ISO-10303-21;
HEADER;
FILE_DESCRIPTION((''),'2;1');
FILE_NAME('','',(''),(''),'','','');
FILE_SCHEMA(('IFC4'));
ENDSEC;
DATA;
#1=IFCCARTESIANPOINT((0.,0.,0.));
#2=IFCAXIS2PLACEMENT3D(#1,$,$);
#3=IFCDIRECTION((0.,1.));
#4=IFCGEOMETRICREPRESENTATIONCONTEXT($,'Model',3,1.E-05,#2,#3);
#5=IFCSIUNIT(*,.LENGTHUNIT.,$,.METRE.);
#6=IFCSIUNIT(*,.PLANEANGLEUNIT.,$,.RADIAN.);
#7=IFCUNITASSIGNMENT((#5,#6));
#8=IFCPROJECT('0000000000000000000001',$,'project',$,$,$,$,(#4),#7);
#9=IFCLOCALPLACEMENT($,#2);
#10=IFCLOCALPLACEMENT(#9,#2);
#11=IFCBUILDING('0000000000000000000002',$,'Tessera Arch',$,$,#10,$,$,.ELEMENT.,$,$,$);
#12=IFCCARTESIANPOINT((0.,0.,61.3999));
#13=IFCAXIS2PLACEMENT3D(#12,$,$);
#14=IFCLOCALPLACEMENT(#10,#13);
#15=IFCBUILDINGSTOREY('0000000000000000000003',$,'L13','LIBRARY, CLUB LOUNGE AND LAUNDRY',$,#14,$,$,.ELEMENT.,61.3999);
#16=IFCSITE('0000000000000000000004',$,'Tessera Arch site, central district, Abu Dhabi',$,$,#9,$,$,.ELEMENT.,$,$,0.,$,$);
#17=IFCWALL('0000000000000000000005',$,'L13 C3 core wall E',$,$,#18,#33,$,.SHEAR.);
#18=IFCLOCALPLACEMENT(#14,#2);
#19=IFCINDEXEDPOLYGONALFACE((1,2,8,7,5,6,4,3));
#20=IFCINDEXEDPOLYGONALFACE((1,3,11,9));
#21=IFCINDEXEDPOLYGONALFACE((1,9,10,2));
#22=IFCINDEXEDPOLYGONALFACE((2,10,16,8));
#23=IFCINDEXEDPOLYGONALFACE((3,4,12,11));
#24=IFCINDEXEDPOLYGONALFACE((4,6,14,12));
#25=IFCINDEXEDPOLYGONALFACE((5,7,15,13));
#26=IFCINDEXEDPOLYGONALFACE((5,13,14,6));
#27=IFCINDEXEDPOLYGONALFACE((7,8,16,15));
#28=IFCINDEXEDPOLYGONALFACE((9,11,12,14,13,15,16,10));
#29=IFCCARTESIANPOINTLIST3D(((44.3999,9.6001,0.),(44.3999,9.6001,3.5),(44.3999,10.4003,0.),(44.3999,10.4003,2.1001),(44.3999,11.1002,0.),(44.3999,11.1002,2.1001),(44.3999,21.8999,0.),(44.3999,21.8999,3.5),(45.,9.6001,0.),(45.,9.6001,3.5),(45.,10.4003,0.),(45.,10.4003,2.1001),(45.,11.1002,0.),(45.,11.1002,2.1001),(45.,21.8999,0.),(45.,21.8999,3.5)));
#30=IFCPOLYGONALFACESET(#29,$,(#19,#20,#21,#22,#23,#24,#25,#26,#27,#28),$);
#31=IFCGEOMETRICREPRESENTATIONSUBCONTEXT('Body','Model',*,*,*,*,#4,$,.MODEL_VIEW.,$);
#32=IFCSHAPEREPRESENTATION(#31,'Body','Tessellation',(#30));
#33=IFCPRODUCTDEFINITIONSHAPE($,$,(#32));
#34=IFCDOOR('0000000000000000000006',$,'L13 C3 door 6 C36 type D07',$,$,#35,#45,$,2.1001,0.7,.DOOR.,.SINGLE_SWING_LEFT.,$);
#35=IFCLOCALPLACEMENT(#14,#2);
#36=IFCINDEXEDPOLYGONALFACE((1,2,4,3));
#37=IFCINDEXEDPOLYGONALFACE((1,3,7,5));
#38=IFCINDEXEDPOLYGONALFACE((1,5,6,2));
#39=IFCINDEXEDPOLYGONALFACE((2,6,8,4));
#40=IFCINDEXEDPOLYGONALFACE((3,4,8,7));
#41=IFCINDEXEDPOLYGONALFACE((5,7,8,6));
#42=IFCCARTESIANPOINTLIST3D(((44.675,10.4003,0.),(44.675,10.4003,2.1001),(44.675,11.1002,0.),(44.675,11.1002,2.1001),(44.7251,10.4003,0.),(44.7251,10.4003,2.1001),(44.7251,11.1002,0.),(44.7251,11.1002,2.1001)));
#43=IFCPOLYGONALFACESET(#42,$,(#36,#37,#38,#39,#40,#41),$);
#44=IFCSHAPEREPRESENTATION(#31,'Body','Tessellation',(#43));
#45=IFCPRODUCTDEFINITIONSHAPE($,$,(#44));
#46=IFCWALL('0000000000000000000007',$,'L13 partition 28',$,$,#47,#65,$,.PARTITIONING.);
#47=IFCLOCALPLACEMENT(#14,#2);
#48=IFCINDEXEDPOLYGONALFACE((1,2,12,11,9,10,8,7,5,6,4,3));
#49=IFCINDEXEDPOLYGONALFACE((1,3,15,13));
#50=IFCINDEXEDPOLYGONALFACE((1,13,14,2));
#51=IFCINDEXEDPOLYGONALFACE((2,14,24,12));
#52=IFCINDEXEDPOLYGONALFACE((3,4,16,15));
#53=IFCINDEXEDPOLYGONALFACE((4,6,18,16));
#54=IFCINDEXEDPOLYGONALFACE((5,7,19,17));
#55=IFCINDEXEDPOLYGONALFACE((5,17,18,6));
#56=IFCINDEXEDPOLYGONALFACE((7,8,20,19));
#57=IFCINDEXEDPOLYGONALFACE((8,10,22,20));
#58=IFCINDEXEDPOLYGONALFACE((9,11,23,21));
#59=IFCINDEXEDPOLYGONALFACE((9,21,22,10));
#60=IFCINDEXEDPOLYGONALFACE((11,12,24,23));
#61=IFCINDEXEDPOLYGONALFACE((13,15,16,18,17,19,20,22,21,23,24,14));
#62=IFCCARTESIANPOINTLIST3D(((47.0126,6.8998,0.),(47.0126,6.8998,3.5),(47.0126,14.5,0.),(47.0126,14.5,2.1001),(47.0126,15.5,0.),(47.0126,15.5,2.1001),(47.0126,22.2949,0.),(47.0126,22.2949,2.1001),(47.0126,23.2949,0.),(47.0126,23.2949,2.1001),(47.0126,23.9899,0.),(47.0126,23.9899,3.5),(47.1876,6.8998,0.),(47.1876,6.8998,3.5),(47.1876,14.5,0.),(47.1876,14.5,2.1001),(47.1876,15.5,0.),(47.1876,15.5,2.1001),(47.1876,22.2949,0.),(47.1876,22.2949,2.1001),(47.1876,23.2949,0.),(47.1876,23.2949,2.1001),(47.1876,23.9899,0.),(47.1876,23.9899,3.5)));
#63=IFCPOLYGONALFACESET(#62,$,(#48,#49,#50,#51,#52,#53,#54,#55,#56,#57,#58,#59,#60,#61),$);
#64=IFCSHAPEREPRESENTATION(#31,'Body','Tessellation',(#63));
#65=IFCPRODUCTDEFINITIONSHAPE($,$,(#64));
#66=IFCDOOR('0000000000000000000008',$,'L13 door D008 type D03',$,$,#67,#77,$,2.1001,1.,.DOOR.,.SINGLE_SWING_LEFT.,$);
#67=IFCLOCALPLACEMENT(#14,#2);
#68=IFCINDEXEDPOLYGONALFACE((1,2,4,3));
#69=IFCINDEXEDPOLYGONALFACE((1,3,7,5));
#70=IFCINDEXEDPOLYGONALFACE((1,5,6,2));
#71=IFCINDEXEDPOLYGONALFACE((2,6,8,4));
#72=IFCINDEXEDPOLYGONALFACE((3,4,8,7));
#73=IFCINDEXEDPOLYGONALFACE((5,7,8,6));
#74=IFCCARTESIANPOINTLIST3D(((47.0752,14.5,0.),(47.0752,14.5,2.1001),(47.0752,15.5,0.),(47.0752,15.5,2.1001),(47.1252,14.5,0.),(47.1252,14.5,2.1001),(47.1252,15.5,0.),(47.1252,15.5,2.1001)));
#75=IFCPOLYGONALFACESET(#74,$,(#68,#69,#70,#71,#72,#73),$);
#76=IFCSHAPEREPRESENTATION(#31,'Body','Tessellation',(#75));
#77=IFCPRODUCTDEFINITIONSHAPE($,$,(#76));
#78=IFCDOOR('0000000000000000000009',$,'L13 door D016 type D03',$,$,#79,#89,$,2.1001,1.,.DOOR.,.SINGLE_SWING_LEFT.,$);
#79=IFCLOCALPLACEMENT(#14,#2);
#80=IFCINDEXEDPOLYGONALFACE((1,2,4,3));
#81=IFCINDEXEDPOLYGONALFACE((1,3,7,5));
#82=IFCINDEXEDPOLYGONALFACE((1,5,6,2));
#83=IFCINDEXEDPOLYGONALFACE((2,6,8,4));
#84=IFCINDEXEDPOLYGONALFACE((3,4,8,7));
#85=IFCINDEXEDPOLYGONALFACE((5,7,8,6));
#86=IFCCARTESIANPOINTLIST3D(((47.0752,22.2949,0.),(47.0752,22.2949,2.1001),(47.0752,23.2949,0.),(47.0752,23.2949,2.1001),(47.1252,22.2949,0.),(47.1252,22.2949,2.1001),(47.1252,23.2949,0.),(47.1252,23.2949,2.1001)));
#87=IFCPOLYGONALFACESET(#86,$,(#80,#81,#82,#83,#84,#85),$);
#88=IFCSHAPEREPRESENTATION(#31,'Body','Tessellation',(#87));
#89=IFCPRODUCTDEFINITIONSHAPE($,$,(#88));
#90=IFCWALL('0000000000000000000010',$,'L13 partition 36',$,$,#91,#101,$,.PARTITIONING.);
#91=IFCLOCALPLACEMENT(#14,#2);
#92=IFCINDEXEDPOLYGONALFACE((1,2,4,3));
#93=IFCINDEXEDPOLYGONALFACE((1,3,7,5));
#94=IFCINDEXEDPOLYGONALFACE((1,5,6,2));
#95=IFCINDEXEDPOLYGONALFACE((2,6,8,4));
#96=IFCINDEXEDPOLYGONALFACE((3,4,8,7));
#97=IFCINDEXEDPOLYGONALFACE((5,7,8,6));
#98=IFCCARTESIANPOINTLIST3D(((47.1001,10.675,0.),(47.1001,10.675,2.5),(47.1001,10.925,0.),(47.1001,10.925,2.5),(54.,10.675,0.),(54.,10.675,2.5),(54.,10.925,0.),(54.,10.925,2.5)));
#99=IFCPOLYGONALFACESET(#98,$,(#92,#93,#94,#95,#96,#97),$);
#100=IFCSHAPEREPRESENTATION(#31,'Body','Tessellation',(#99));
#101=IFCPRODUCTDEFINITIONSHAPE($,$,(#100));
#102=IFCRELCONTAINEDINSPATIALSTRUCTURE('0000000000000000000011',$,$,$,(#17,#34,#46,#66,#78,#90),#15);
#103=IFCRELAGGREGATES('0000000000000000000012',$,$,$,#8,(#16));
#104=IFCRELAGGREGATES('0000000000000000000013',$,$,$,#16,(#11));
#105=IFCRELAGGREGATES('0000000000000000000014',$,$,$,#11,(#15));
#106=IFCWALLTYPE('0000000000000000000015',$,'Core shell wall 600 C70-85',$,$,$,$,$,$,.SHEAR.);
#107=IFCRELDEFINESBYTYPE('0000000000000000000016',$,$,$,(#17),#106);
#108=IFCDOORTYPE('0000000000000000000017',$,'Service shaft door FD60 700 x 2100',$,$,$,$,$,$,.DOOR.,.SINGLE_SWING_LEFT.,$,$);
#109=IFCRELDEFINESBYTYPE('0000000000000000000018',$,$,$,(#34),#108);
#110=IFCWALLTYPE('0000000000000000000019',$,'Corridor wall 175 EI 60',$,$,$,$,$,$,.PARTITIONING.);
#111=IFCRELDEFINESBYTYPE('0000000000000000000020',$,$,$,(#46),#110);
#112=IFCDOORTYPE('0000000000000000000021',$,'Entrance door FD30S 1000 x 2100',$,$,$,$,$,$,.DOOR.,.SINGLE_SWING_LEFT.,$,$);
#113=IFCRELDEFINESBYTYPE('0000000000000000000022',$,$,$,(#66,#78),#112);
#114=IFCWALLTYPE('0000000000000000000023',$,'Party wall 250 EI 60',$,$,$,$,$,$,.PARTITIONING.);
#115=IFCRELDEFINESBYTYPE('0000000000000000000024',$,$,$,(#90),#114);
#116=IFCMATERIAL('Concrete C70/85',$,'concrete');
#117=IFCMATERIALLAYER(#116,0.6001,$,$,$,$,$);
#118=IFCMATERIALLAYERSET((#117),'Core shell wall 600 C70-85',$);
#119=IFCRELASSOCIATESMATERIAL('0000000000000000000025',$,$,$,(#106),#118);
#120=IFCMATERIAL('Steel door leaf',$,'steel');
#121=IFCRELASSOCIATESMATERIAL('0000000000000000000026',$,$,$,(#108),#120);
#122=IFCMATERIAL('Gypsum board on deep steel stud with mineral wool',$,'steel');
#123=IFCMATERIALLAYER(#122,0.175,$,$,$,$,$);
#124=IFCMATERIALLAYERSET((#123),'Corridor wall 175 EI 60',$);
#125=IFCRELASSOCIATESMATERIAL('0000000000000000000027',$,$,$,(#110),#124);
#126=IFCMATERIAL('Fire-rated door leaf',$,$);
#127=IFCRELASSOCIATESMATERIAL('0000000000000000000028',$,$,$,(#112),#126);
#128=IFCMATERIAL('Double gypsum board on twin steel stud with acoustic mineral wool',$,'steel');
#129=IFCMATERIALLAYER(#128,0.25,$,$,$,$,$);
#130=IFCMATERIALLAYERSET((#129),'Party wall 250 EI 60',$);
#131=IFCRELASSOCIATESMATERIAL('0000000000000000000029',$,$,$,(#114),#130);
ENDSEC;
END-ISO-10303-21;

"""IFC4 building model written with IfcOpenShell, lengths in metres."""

from ifc_helpers import new_model, si_unit, direction, frame, frame_2d, origin, place, context, subcontext, project, spatial, rectangle, extrude, material, layer, layer_set, type_object, element, fill, save


model = new_model("IFC4")

# Units and contexts
model_context = context("Model", 3, precision=1e-05, world=origin(), true_north=direction((0.0, 1.0)))
body_context = subcontext(model_context, "Body", "Model", "MODEL_VIEW")
ifc_project = project(units=[si_unit("LENGTHUNIT", "METRE"), si_unit("PLANEANGLEUNIT", "RADIAN")], contexts=[model_context])

# Site, building, storey
site_placement = place(None, origin())
site = spatial("IfcSite", under=ifc_project, at=site_placement, Name="Tessera Arch site, central district, Abu Dhabi", CompositionType="ELEMENT", RefElevation=0.0)
building_placement = place(site_placement, origin())
building = spatial("IfcBuilding", under=site, at=building_placement, Name="Tessera Arch", CompositionType="ELEMENT")
storey_placement = place(building_placement, frame((0.0, 0.0, 61.3999)))
storey = spatial("IfcBuildingStorey", under=building, at=storey_placement, Name="L13", Description="LIBRARY, CLUB LOUNGE AND LAUNDRY", CompositionType="ELEMENT", Elevation=61.3999)

# Wall, opening, door
ifc_material_1 = material(Name="Concrete C70/85", Category="concrete")
ifc_layer_1 = layer(ifc_material_1, 0.6001)
ifc_layer_set_1 = layer_set([ifc_layer_1], Name="Core shell wall 600 C70-85")
wall_type_1 = type_object("IfcWallType", Name="Core shell wall 600 C70-85", PredefinedType="SHEAR", material=ifc_layer_set_1)
wall_1_placement = place(storey_placement, frame((44.7, 9.6001, 0.0), z_axis=(0.0, 0.0, 1.0), x_axis=(0.0, 1.0, 0.0)))
wall_1 = element("IfcWall", 1, at=wall_1_placement, inside=storey, type_object=wall_type_1, Name="L13 C3 core wall E", PredefinedType="SHEAR", context=body_context, shape_type="SweptSolid", body=[
    extrude(rectangle(XDim=12.2998, YDim=0.6001, at=frame_2d((6.1499, 0.0))), origin(), (0.0, 0.0, 1.0), 3.5),
])
opening_1_placement = place(wall_1_placement, frame((0.8, 0.0, 0.0)))
opening_1 = element("IfcOpeningElement", 2, at=opening_1_placement, cuts=wall_1, PredefinedType="OPENING", context=body_context, shape_type="SweptSolid", body=[
    extrude(rectangle(XDim=0.7, YDim=2.1001, at=frame_2d((0.3501, 1.05))), frame((0.0, 0.3101, 0.0), z_axis=(0.0, -1.0, 0.0), x_axis=(1.0, 0.0, 0.0)), (0.0, 0.0, 1.0), 0.6201),
])
ifc_material_2 = material(Name="Steel door leaf", Category="steel")
door_type_1 = type_object("IfcDoorType", Name="Service shaft door FD60 700 x 2100", OperationType="SINGLE_SWING_LEFT", PredefinedType="DOOR", material=ifc_material_2)
door_1_placement = place(opening_1_placement, origin())
door_1 = element("IfcDoor", 3, at=door_1_placement, inside=storey, type_object=door_type_1, Name="L13 C3 door 6 C36 type D07", OperationType="SINGLE_SWING_LEFT", OverallHeight=2.1001, OverallWidth=0.7, PredefinedType="DOOR", context=body_context, shape_type="SweptSolid", body=[
    extrude(rectangle(XDim=0.7, YDim=2.1001, at=frame_2d((0.3501, 1.05))), frame((0.0, 0.0249, 0.0), z_axis=(0.0, -1.0, 0.0), x_axis=(1.0, 0.0, 0.0)), (0.0, 0.0, 1.0), 0.05),
])
fill(opening_1, door_1)

# Wall, openings, doors
ifc_material_3 = material(Name="Gypsum board on deep steel stud with mineral wool", Category="steel")
ifc_layer_2 = layer(ifc_material_3, 0.175)
ifc_layer_set_2 = layer_set([ifc_layer_2], Name="Corridor wall 175 EI 60")
wall_type_2 = type_object("IfcWallType", Name="Corridor wall 175 EI 60", PredefinedType="PARTITIONING", material=ifc_layer_set_2)
wall_2_placement = place(storey_placement, frame((47.1001, 6.8999, 0.0), z_axis=(0.0, 0.0, 1.0), x_axis=(0.0, 1.0, 0.0)))
wall_2 = element("IfcWall", 4, at=wall_2_placement, inside=storey, type_object=wall_type_2, Name="L13 partition 28", PredefinedType="PARTITIONING", context=body_context, shape_type="SweptSolid", body=[
    extrude(rectangle(XDim=17.0901, YDim=0.175, at=frame_2d((8.5449, 0.0))), origin(), (0.0, 0.0, 1.0), 3.5),
])
opening_2_placement = place(wall_2_placement, frame((7.6001, 0.0, 0.0)))
opening_2 = element("IfcOpeningElement", 5, at=opening_2_placement, cuts=wall_2, PredefinedType="OPENING", context=body_context, shape_type="SweptSolid", body=[
    extrude(rectangle(XDim=1.0, YDim=2.1001, at=frame_2d((0.5, 1.05))), frame((0.0, 0.0974, 0.0), z_axis=(0.0, -1.0, 0.0), x_axis=(1.0, 0.0, 0.0)), (0.0, 0.0, 1.0), 0.1951),
])
opening_3_placement = place(wall_2_placement, frame((15.395, 0.0, 0.0)))
opening_3 = element("IfcOpeningElement", 6, at=opening_3_placement, cuts=wall_2, PredefinedType="OPENING", context=body_context, shape_type="SweptSolid", body=[
    extrude(rectangle(XDim=1.0, YDim=2.1001, at=frame_2d((0.5, 1.05))), frame((0.0, 0.0974, 0.0), z_axis=(0.0, -1.0, 0.0), x_axis=(1.0, 0.0, 0.0)), (0.0, 0.0, 1.0), 0.1951),
])
ifc_material_4 = material(Name="Fire-rated door leaf")
door_type_2 = type_object("IfcDoorType", Name="Entrance door FD30S 1000 x 2100", OperationType="SINGLE_SWING_LEFT", PredefinedType="DOOR", material=ifc_material_4)
door_2_placement = place(opening_2_placement, origin())
door_2 = element("IfcDoor", 7, at=door_2_placement, inside=storey, type_object=door_type_2, Name="L13 door D008 type D03", OperationType="SINGLE_SWING_LEFT", OverallHeight=2.1001, OverallWidth=1.0, PredefinedType="DOOR", context=body_context, shape_type="SweptSolid", body=[
    extrude(rectangle(XDim=1.0, YDim=2.1001, at=frame_2d((0.5, 1.05))), frame((0.0, 0.0249, 0.0), z_axis=(0.0, -1.0, 0.0), x_axis=(1.0, 0.0, 0.0)), (0.0, 0.0, 1.0), 0.05),
])
fill(opening_2, door_2)
door_3_placement = place(opening_3_placement, origin())
door_3 = element("IfcDoor", 8, at=door_3_placement, inside=storey, type_object=door_type_2, Name="L13 door D016 type D03", OperationType="SINGLE_SWING_LEFT", OverallHeight=2.1001, OverallWidth=1.0, PredefinedType="DOOR", context=body_context, shape_type="SweptSolid", body=[
    extrude(rectangle(XDim=1.0, YDim=2.1001, at=frame_2d((0.5, 1.05))), frame((0.0, 0.0249, 0.0), z_axis=(0.0, -1.0, 0.0), x_axis=(1.0, 0.0, 0.0)), (0.0, 0.0, 1.0), 0.05),
])
fill(opening_3, door_3)

# Wall
ifc_material_5 = material(Name="Double gypsum board on twin steel stud with acoustic mineral wool", Category="steel")
ifc_layer_3 = layer(ifc_material_5, 0.25)
ifc_layer_set_3 = layer_set([ifc_layer_3], Name="Party wall 250 EI 60")
wall_type_3 = type_object("IfcWallType", Name="Party wall 250 EI 60", PredefinedType="PARTITIONING", material=ifc_layer_set_3)
wall_3_placement = place(storey_placement, frame((47.1001, 10.8, 0.0), z_axis=(0.0, 0.0, 1.0), x_axis=(1.0, 0.0, 0.0)))
element("IfcWall", 9, at=wall_3_placement, inside=storey, type_object=wall_type_3, Name="L13 partition 36", PredefinedType="PARTITIONING", context=body_context, shape_type="SweptSolid", body=[
    extrude(rectangle(XDim=6.8999, YDim=0.25, at=frame_2d((3.45, 0.0))), origin(), (0.0, 0.0, 1.0), 2.5),
])

save(model, "model.ifc")
